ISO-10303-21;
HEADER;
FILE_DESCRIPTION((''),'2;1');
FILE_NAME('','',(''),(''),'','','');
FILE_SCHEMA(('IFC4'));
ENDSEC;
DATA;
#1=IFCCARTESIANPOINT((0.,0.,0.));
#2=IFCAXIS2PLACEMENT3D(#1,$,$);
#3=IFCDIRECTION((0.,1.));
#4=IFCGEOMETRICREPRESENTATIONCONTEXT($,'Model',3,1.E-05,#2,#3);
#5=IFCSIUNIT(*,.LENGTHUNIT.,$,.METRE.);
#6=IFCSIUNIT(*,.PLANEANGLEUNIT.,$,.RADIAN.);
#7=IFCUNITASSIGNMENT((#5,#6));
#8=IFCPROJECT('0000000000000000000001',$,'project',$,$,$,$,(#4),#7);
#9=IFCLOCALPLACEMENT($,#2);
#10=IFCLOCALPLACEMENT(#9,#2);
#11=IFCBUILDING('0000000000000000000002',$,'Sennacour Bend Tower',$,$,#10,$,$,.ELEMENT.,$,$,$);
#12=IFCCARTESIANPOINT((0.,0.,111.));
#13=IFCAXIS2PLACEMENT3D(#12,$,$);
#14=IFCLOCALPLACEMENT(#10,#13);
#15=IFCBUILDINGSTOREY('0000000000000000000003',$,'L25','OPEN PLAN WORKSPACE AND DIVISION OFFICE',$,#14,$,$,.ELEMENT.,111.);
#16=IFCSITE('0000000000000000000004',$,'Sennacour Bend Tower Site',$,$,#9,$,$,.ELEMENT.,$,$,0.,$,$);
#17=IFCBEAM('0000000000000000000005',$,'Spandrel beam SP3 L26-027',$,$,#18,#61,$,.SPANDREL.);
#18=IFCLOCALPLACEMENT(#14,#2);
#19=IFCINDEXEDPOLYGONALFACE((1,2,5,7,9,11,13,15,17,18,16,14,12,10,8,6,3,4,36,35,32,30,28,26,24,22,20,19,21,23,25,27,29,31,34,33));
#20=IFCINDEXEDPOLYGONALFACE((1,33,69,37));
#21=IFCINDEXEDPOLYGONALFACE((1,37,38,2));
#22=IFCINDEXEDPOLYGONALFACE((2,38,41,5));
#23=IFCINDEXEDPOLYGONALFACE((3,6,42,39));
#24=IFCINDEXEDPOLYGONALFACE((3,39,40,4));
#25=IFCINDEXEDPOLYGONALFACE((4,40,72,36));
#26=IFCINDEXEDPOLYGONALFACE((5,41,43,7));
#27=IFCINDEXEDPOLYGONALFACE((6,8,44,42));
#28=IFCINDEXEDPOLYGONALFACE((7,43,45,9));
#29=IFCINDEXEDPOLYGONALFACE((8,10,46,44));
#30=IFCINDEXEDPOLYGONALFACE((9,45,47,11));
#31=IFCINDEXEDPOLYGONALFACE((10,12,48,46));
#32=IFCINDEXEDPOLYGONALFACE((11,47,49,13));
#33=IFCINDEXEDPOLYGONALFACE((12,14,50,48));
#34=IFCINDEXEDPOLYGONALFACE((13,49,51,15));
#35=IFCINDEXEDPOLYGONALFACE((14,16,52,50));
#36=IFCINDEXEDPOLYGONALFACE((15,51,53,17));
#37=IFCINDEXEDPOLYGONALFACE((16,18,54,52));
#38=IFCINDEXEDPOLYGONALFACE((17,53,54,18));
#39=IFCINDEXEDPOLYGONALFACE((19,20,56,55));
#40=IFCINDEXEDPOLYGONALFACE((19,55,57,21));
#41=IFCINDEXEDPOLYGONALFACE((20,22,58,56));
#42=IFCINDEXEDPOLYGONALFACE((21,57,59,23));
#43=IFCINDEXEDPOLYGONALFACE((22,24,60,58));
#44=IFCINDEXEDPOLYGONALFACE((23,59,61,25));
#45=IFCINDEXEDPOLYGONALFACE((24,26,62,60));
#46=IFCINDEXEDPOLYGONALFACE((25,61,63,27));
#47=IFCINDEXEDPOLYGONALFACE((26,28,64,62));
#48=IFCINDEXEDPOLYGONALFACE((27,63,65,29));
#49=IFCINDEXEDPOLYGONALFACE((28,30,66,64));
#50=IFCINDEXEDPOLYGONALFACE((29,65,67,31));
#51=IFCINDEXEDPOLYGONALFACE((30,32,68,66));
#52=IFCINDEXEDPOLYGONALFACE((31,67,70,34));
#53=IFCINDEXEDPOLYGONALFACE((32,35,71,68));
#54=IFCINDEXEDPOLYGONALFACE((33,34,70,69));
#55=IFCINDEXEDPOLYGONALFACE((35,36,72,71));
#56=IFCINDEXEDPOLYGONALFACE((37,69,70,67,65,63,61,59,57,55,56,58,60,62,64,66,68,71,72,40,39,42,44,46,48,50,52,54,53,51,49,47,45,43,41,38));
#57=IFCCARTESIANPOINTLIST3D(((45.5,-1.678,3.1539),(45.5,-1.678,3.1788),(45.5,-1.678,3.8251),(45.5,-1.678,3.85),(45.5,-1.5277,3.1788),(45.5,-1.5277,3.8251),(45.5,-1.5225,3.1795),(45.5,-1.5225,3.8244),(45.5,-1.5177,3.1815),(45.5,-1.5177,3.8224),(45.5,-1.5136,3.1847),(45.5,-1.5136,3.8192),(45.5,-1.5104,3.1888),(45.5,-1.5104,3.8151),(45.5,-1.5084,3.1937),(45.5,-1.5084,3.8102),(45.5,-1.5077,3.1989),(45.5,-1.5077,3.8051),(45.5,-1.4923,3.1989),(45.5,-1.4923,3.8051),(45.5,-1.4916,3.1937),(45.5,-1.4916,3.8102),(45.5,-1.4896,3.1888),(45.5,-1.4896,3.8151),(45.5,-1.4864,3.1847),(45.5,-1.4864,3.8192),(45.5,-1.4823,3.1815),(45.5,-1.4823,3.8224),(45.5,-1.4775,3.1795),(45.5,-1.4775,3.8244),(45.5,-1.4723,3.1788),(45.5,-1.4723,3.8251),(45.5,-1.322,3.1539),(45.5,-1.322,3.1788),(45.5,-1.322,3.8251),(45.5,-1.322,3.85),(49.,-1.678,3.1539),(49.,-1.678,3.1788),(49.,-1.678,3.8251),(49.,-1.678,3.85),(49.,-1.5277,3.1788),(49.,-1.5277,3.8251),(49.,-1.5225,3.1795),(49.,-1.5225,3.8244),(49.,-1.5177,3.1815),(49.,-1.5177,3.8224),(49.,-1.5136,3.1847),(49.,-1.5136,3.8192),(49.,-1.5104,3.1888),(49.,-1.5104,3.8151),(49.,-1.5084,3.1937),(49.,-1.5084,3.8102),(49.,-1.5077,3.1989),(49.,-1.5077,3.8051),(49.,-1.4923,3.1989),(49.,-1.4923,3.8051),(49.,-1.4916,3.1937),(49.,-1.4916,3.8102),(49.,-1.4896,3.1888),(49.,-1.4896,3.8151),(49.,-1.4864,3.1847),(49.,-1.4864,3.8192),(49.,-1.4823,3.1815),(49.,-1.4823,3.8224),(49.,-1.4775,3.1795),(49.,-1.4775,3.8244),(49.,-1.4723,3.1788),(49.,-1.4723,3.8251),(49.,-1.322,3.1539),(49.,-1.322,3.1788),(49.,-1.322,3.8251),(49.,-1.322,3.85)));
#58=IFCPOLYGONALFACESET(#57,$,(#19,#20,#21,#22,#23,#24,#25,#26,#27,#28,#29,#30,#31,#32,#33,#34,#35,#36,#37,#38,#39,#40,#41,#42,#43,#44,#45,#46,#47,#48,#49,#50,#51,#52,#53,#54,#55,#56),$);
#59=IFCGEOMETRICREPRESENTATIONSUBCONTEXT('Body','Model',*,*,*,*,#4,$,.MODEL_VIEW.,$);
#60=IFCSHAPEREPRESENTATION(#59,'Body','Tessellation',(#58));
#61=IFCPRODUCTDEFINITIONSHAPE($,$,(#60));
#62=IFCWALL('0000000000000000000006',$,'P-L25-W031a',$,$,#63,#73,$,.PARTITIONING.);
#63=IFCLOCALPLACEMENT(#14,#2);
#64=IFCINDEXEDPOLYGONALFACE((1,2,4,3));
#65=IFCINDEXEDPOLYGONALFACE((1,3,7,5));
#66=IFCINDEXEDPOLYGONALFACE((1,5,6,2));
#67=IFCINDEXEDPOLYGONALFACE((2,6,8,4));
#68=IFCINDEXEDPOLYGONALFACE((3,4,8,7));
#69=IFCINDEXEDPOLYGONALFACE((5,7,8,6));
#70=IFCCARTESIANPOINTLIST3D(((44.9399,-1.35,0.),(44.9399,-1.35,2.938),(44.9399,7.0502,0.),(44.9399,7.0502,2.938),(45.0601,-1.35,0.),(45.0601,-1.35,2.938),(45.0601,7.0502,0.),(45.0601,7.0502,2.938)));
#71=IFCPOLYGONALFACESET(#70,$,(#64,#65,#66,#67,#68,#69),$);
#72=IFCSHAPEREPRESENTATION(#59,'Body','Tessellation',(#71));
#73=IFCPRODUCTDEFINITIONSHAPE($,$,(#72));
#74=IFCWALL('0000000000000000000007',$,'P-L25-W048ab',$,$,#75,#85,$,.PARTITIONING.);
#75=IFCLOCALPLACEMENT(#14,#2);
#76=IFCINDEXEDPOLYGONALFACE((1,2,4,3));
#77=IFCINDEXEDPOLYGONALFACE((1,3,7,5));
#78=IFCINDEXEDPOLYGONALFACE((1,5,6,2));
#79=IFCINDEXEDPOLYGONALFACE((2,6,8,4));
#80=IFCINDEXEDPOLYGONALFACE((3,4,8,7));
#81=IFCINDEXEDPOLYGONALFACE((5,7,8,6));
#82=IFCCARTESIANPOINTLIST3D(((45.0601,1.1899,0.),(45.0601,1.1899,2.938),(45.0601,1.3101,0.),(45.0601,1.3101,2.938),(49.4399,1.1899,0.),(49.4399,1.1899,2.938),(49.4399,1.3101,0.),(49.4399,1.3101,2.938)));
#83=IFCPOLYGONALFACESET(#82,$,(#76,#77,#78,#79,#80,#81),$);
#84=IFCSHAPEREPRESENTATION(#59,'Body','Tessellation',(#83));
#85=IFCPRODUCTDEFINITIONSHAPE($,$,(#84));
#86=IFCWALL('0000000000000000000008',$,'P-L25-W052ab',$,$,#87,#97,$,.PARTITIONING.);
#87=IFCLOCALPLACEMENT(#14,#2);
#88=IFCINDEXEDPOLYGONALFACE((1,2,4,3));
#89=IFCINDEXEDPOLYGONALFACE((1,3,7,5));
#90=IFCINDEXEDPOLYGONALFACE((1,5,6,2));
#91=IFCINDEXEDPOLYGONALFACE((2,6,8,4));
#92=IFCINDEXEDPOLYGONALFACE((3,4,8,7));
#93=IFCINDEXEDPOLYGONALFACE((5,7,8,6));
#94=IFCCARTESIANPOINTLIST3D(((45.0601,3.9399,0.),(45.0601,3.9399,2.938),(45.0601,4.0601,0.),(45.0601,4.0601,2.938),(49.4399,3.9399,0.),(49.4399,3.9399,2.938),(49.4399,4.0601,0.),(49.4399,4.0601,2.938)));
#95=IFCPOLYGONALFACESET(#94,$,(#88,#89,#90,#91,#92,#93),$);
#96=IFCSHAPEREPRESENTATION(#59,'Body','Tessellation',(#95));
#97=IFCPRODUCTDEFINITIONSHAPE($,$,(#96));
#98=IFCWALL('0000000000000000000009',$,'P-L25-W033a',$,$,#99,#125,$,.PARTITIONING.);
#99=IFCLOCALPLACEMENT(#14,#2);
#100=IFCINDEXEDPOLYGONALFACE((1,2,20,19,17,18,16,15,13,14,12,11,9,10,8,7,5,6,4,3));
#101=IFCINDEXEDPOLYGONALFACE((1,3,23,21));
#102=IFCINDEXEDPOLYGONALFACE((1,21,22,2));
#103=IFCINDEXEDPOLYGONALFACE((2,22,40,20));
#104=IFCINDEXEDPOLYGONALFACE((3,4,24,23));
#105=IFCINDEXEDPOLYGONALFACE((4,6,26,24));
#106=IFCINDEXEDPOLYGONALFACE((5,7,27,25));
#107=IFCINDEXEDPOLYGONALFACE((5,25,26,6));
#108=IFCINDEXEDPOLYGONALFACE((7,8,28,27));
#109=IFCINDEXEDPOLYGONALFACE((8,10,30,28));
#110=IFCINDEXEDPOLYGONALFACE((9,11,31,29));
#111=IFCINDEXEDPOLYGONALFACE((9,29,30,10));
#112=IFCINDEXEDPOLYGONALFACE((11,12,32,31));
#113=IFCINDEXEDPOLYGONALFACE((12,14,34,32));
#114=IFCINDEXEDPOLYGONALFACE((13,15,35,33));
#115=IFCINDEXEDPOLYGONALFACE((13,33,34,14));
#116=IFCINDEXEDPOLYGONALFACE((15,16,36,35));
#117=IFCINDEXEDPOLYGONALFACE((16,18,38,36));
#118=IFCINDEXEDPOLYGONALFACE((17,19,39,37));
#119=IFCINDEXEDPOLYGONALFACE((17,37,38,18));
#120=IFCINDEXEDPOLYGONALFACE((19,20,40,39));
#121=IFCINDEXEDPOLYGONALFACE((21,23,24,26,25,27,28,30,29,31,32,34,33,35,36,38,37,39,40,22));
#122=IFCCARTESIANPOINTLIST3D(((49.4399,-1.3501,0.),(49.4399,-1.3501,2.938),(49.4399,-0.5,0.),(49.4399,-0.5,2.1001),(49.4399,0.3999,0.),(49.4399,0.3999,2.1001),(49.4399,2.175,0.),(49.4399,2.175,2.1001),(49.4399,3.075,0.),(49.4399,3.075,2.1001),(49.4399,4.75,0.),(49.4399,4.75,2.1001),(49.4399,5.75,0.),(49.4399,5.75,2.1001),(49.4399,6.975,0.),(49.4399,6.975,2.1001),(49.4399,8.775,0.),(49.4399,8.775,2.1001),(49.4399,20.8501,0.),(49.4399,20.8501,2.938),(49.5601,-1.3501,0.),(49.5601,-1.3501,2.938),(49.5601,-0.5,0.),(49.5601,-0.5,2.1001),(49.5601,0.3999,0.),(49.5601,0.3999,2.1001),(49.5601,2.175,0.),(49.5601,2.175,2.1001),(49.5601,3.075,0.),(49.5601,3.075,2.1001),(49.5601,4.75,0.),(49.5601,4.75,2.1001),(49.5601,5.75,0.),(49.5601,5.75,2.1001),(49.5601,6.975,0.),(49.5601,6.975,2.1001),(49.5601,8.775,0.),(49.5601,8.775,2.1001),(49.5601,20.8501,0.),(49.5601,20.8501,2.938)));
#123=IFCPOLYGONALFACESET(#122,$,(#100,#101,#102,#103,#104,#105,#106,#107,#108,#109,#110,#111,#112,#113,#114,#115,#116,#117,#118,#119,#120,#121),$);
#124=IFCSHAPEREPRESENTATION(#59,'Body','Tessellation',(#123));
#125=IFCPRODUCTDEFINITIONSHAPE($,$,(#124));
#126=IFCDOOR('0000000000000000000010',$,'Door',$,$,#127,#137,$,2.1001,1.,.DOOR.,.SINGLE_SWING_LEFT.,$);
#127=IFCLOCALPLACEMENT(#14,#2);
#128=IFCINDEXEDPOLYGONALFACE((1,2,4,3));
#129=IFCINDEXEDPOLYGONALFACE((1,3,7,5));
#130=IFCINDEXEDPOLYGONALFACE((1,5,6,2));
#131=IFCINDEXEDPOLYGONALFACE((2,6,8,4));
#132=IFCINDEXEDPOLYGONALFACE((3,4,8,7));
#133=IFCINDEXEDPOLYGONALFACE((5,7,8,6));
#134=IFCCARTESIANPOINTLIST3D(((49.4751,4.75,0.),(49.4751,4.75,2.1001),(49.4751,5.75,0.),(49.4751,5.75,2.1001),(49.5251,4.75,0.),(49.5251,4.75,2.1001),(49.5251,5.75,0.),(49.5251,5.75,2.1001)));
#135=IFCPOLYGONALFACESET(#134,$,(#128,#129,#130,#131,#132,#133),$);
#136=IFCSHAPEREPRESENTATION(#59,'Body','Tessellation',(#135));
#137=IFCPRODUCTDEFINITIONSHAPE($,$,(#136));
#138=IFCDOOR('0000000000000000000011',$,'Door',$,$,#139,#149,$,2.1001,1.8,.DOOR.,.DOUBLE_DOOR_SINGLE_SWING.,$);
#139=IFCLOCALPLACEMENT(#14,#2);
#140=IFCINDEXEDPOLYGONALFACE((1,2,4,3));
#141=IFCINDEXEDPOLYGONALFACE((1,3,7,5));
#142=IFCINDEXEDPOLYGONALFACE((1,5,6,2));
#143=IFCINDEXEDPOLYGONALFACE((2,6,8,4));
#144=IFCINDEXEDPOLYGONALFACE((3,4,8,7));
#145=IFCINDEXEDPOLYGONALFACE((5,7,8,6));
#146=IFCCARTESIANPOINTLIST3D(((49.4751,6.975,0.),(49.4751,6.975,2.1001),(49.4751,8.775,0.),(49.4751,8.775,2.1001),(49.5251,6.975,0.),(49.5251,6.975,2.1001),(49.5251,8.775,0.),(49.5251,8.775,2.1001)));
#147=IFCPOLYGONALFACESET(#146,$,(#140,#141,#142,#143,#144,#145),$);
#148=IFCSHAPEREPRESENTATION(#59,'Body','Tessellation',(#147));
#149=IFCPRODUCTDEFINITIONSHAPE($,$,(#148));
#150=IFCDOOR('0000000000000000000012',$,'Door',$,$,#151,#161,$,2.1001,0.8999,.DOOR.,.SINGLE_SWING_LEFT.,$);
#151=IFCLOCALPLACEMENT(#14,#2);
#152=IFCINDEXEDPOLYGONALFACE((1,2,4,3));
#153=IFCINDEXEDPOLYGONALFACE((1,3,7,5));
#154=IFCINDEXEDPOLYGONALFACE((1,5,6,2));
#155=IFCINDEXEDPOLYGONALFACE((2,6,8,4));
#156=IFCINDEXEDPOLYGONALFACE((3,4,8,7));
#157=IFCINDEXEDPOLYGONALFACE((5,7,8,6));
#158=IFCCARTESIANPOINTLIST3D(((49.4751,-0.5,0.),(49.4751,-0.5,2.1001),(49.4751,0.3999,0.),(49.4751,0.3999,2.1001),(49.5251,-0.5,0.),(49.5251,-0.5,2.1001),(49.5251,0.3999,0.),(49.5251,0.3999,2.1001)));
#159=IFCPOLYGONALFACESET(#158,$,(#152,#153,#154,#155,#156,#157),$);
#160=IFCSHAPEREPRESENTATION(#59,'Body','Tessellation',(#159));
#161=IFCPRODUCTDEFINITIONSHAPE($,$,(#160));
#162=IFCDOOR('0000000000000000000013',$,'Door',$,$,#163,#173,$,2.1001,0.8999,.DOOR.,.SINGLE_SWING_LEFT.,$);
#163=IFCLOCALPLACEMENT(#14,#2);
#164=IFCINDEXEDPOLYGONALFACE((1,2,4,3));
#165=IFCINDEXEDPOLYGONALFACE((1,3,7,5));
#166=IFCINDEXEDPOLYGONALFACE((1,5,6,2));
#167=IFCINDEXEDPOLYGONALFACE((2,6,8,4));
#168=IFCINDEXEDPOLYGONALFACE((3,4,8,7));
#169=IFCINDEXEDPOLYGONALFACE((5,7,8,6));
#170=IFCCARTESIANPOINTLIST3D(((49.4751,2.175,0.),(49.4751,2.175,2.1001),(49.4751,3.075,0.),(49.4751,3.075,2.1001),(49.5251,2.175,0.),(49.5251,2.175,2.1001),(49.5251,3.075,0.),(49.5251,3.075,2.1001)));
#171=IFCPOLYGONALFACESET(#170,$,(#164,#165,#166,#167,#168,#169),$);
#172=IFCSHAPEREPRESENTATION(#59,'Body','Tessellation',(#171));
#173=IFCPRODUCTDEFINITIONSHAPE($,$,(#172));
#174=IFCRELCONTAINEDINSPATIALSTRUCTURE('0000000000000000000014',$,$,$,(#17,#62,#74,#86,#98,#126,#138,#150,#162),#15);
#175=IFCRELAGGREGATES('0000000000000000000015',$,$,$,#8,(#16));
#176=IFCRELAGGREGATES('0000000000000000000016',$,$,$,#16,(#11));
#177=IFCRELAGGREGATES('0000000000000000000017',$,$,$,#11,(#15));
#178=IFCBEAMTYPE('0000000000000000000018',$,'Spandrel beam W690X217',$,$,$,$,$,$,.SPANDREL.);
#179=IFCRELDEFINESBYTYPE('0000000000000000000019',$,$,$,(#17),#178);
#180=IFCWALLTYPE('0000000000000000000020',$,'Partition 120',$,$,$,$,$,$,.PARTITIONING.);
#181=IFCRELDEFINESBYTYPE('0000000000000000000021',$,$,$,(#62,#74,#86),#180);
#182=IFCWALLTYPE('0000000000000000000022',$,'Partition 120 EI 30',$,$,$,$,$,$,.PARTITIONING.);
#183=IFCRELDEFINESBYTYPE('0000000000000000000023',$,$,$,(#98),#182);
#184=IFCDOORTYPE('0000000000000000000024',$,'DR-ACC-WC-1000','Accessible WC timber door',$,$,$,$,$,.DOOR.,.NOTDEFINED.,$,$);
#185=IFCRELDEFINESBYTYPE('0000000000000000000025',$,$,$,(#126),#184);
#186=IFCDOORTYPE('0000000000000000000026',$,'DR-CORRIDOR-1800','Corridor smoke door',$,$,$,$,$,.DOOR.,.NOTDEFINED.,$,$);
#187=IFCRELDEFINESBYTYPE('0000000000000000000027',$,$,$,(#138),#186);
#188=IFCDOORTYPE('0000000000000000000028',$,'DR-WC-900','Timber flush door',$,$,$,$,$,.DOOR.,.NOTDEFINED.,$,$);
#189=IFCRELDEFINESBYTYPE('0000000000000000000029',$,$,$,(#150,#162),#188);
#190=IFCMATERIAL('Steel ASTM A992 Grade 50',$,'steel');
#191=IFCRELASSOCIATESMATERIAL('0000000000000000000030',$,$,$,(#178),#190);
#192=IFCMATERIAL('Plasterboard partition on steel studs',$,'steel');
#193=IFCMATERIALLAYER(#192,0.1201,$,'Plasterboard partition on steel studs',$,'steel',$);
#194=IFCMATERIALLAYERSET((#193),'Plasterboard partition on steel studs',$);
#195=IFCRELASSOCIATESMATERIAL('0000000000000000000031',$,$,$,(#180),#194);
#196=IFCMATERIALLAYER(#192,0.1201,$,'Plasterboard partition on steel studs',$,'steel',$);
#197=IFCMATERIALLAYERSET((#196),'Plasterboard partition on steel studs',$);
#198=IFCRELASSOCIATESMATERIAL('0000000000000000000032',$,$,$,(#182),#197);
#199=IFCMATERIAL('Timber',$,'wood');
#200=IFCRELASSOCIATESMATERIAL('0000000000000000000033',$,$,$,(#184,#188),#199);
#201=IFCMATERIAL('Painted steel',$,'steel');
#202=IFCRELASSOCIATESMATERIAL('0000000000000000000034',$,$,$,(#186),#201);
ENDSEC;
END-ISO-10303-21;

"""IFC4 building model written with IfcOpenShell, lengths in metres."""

from ifc_helpers import new_model, si_unit, direction, frame, frame_2d, origin, origin_2d, place, context, subcontext, project, spatial, rectangle, i_section, extrude, material, layer, layer_set, material_profile, profile_set, type_object, element, fill, save


model = new_model("IFC4")

# Units and contexts
model_context = context("Model", 3, precision=1e-05, world=origin(), true_north=direction((0.0, 1.0)))
body_context = subcontext(model_context, "Body", "Model", "MODEL_VIEW")
ifc_project = project(units=[si_unit("LENGTHUNIT", "METRE"), si_unit("PLANEANGLEUNIT", "RADIAN")], contexts=[model_context])

# Site, building, storey
site_placement = place(None, origin())
site = spatial("IfcSite", under=ifc_project, at=site_placement, Name="Sennacour Bend Tower Site", CompositionType="ELEMENT", RefElevation=0.0)
building_placement = place(site_placement, origin())
building = spatial("IfcBuilding", under=site, at=building_placement, Name="Sennacour Bend Tower", CompositionType="ELEMENT")
storey_placement = place(building_placement, frame((0.0, 0.0, 111.0)))
storey = spatial("IfcBuildingStorey", under=building, at=storey_placement, Name="L25", Description="OPEN PLAN WORKSPACE AND DIVISION OFFICE", CompositionType="ELEMENT", Elevation=111.0)

# Beam
ifc_material_1 = material(Name="Steel ASTM A992 Grade 50", Category="steel")
ifc_material_profile_1 = material_profile(ifc_material_1, i_section(OverallWidth=0.356, OverallDepth=0.696, WebThickness=0.0154, FlangeThickness=0.0249, FilletRadius=0.02, at=origin_2d()), Name="Steel ASTM A992 Grade 50", Category="steel")
ifc_profile_set_1 = profile_set([ifc_material_profile_1], Name="Steel ASTM A992 Grade 50")
beam_type_1 = type_object("IfcBeamType", Name="Spandrel beam W690X217", PredefinedType="SPANDREL", material=ifc_profile_set_1)
beam_1_placement = place(storey_placement, frame((49.0, -1.5, 3.502), z_axis=(-1.0, 0.0, 0.0), x_axis=(0.0, -1.0, 0.0)))
element("IfcBeam", 1, at=beam_1_placement, inside=storey, type_object=beam_type_1, Name="Spandrel beam SP3 L26-027", PredefinedType="SPANDREL", context=body_context, shape_type="SweptSolid", body=[
    extrude(i_section(OverallWidth=0.356, OverallDepth=0.696, WebThickness=0.0154, FlangeThickness=0.0249, FilletRadius=0.02, at=origin_2d()), origin(), (0.0, 0.0, 1.0), 3.5),
])

# Walls
ifc_material_2 = material(Name="Plasterboard partition on steel studs", Category="steel")
ifc_layer_1 = layer(ifc_material_2, 0.1201, Name="Plasterboard partition on steel studs", Category="steel")
ifc_layer_set_1 = layer_set([ifc_layer_1], Name="Plasterboard partition on steel studs")
wall_type_1 = type_object("IfcWallType", Name="Partition 120", PredefinedType="PARTITIONING", material=ifc_layer_set_1)
wall_1_placement = place(storey_placement, frame((45.0, -1.3501, 0.0), z_axis=(0.0, 0.0, 1.0), x_axis=(0.0, 1.0, 0.0)))
element("IfcWall", 2, at=wall_1_placement, inside=storey, type_object=wall_type_1, Name="P-L25-W031a", PredefinedType="PARTITIONING", context=body_context, shape_type="SweptSolid", body=[
    extrude(rectangle(XDim=8.4001, YDim=0.1201, at=frame_2d((4.2002, 0.0))), origin(), (0.0, 0.0, 1.0), 2.938),
])
for number, where, z_axis, x_axis, name in (
    (3, (45.0601, 1.25, 0.0), (0.0, 0.0, 1.0), (1.0, 0.0, 0.0), "P-L25-W048ab"),
    (4, (45.0601, 4.0, 0.0), (0.0, 0.0, 1.0), (1.0, 0.0, 0.0), "P-L25-W052ab"),
):
    element("IfcWall", number, at=place(storey_placement, frame(where, z_axis=z_axis, x_axis=x_axis)), inside=storey, type_object=wall_type_1, Name=name, PredefinedType="PARTITIONING", context=body_context, shape_type="SweptSolid", body=[
        extrude(rectangle(XDim=4.3799, YDim=0.1201, at=frame_2d((2.1899, 0.0))), origin(), (0.0, 0.0, 1.0), 2.938),
    ])

# Wall, openings, doors
ifc_layer_2 = layer(ifc_material_2, 0.1201, Name="Plasterboard partition on steel studs", Category="steel")
ifc_layer_set_2 = layer_set([ifc_layer_2], Name="Plasterboard partition on steel studs")
wall_type_2 = type_object("IfcWallType", Name="Partition 120 EI 30", PredefinedType="PARTITIONING", material=ifc_layer_set_2)
wall_2_placement = place(storey_placement, frame((49.5, -1.3501, 0.0), z_axis=(0.0, 0.0, 1.0), x_axis=(0.0, 1.0, 0.0)))
wall_2 = element("IfcWall", 5, at=wall_2_placement, inside=storey, type_object=wall_type_2, Name="P-L25-W033a", PredefinedType="PARTITIONING", context=body_context, shape_type="SweptSolid", body=[
    extrude(rectangle(XDim=22.2002, YDim=0.1201, at=frame_2d((11.1001, 0.0))), origin(), (0.0, 0.0, 1.0), 2.938),
])
opening_1_placement = place(wall_2_placement, frame((8.3252, 0.0, 0.0)))
opening_1 = element("IfcOpeningElement", 6, at=opening_1_placement, cuts=wall_2, PredefinedType="OPENING", context=body_context, shape_type="SweptSolid", body=[
    extrude(rectangle(XDim=1.8, YDim=2.1001, at=frame_2d((0.8999, 1.05))), frame((0.0, 0.0701, 0.0), z_axis=(0.0, -1.0, 0.0), x_axis=(1.0, 0.0, 0.0)), (0.0, 0.0, 1.0), 0.1401),
])
opening_2_placement = place(wall_2_placement, frame((0.8501, 0.0, 0.0)))
opening_2 = element("IfcOpeningElement", 7, at=opening_2_placement, cuts=wall_2, PredefinedType="OPENING", context=body_context, shape_type="SweptSolid", body=[
    extrude(rectangle(XDim=0.8999, YDim=2.1001, at=frame_2d((0.45, 1.05))), frame((0.0, 0.0701, 0.0), z_axis=(0.0, -1.0, 0.0), x_axis=(1.0, 0.0, 0.0)), (0.0, 0.0, 1.0), 0.1401),
])
opening_3_placement = place(wall_2_placement, frame((3.5251, 0.0, 0.0)))
opening_3 = element("IfcOpeningElement", 8, at=opening_3_placement, cuts=wall_2, PredefinedType="OPENING", context=body_context, shape_type="SweptSolid", body=[
    extrude(rectangle(XDim=0.8999, YDim=2.1001, at=frame_2d((0.45, 1.05))), frame((0.0, 0.0701, 0.0), z_axis=(0.0, -1.0, 0.0), x_axis=(1.0, 0.0, 0.0)), (0.0, 0.0, 1.0), 0.1401),
])
opening_4_placement = place(wall_2_placement, frame((6.1001, 0.0, 0.0)))
opening_4 = element("IfcOpeningElement", 9, at=opening_4_placement, cuts=wall_2, PredefinedType="OPENING", context=body_context, shape_type="SweptSolid", body=[
    extrude(rectangle(XDim=1.0, YDim=2.1001, at=frame_2d((0.5, 1.05))), frame((0.0, 0.0701, 0.0), z_axis=(0.0, -1.0, 0.0), x_axis=(1.0, 0.0, 0.0)), (0.0, 0.0, 1.0), 0.1401),
])
ifc_material_3 = material(Name="Timber", Category="wood")
door_type_1 = type_object("IfcDoorType", Name="DR-ACC-WC-1000", Description="Accessible WC timber door", OperationType="NOTDEFINED", PredefinedType="DOOR", material=ifc_material_3)
door_1_placement = place(opening_4_placement, origin())
door_1 = element("IfcDoor", 10, at=door_1_placement, inside=storey, type_object=door_type_1, Name="Door", OperationType="SINGLE_SWING_LEFT", OverallHeight=2.1001, OverallWidth=1.0, PredefinedType="DOOR", context=body_context, shape_type="SweptSolid", body=[
    extrude(rectangle(XDim=1.0, YDim=2.1001, at=frame_2d((0.5, 1.05))), frame((0.0, 0.0249, 0.0), z_axis=(0.0, -1.0, 0.0), x_axis=(1.0, 0.0, 0.0)), (0.0, 0.0, 1.0), 0.05),
])
fill(opening_4, door_1)
ifc_material_4 = material(Name="Painted steel", Category="steel")
door_type_2 = type_object("IfcDoorType", Name="DR-CORRIDOR-1800", Description="Corridor smoke door", OperationType="NOTDEFINED", PredefinedType="DOOR", material=ifc_material_4)
door_2_placement = place(opening_1_placement, origin())
door_2 = element("IfcDoor", 11, at=door_2_placement, inside=storey, type_object=door_type_2, Name="Door", OperationType="DOUBLE_DOOR_SINGLE_SWING", OverallHeight=2.1001, OverallWidth=1.8, PredefinedType="DOOR", context=body_context, shape_type="SweptSolid", body=[
    extrude(rectangle(XDim=1.8, YDim=2.1001, at=frame_2d((0.8999, 1.05))), frame((0.0, 0.0249, 0.0), z_axis=(0.0, -1.0, 0.0), x_axis=(1.0, 0.0, 0.0)), (0.0, 0.0, 1.0), 0.05),
])
fill(opening_1, door_2)
door_type_3 = type_object("IfcDoorType", Name="DR-WC-900", Description="Timber flush door", OperationType="NOTDEFINED", PredefinedType="DOOR", material=ifc_material_3)
door_3_placement = place(opening_2_placement, origin())
door_3 = element("IfcDoor", 12, at=door_3_placement, inside=storey, type_object=door_type_3, Name="Door", OperationType="SINGLE_SWING_LEFT", OverallHeight=2.1001, OverallWidth=0.8999, PredefinedType="DOOR", context=body_context, shape_type="SweptSolid", body=[
    extrude(rectangle(XDim=0.8999, YDim=2.1001, at=frame_2d((0.45, 1.05))), frame((0.0, 0.0249, 0.0), z_axis=(0.0, -1.0, 0.0), x_axis=(1.0, 0.0, 0.0)), (0.0, 0.0, 1.0), 0.05),
])
fill(opening_2, door_3)
door_4_placement = place(opening_3_placement, origin())
door_4 = element("IfcDoor", 13, at=door_4_placement, inside=storey, type_object=door_type_3, Name="Door", OperationType="SINGLE_SWING_LEFT", OverallHeight=2.1001, OverallWidth=0.8999, PredefinedType="DOOR", context=body_context, shape_type="SweptSolid", body=[
    extrude(rectangle(XDim=0.8999, YDim=2.1001, at=frame_2d((0.45, 1.05))), frame((0.0, 0.0249, 0.0), z_axis=(0.0, -1.0, 0.0), x_axis=(1.0, 0.0, 0.0)), (0.0, 0.0, 1.0), 0.05),
])
fill(opening_3, door_4)

save(model, "model.ifc")
